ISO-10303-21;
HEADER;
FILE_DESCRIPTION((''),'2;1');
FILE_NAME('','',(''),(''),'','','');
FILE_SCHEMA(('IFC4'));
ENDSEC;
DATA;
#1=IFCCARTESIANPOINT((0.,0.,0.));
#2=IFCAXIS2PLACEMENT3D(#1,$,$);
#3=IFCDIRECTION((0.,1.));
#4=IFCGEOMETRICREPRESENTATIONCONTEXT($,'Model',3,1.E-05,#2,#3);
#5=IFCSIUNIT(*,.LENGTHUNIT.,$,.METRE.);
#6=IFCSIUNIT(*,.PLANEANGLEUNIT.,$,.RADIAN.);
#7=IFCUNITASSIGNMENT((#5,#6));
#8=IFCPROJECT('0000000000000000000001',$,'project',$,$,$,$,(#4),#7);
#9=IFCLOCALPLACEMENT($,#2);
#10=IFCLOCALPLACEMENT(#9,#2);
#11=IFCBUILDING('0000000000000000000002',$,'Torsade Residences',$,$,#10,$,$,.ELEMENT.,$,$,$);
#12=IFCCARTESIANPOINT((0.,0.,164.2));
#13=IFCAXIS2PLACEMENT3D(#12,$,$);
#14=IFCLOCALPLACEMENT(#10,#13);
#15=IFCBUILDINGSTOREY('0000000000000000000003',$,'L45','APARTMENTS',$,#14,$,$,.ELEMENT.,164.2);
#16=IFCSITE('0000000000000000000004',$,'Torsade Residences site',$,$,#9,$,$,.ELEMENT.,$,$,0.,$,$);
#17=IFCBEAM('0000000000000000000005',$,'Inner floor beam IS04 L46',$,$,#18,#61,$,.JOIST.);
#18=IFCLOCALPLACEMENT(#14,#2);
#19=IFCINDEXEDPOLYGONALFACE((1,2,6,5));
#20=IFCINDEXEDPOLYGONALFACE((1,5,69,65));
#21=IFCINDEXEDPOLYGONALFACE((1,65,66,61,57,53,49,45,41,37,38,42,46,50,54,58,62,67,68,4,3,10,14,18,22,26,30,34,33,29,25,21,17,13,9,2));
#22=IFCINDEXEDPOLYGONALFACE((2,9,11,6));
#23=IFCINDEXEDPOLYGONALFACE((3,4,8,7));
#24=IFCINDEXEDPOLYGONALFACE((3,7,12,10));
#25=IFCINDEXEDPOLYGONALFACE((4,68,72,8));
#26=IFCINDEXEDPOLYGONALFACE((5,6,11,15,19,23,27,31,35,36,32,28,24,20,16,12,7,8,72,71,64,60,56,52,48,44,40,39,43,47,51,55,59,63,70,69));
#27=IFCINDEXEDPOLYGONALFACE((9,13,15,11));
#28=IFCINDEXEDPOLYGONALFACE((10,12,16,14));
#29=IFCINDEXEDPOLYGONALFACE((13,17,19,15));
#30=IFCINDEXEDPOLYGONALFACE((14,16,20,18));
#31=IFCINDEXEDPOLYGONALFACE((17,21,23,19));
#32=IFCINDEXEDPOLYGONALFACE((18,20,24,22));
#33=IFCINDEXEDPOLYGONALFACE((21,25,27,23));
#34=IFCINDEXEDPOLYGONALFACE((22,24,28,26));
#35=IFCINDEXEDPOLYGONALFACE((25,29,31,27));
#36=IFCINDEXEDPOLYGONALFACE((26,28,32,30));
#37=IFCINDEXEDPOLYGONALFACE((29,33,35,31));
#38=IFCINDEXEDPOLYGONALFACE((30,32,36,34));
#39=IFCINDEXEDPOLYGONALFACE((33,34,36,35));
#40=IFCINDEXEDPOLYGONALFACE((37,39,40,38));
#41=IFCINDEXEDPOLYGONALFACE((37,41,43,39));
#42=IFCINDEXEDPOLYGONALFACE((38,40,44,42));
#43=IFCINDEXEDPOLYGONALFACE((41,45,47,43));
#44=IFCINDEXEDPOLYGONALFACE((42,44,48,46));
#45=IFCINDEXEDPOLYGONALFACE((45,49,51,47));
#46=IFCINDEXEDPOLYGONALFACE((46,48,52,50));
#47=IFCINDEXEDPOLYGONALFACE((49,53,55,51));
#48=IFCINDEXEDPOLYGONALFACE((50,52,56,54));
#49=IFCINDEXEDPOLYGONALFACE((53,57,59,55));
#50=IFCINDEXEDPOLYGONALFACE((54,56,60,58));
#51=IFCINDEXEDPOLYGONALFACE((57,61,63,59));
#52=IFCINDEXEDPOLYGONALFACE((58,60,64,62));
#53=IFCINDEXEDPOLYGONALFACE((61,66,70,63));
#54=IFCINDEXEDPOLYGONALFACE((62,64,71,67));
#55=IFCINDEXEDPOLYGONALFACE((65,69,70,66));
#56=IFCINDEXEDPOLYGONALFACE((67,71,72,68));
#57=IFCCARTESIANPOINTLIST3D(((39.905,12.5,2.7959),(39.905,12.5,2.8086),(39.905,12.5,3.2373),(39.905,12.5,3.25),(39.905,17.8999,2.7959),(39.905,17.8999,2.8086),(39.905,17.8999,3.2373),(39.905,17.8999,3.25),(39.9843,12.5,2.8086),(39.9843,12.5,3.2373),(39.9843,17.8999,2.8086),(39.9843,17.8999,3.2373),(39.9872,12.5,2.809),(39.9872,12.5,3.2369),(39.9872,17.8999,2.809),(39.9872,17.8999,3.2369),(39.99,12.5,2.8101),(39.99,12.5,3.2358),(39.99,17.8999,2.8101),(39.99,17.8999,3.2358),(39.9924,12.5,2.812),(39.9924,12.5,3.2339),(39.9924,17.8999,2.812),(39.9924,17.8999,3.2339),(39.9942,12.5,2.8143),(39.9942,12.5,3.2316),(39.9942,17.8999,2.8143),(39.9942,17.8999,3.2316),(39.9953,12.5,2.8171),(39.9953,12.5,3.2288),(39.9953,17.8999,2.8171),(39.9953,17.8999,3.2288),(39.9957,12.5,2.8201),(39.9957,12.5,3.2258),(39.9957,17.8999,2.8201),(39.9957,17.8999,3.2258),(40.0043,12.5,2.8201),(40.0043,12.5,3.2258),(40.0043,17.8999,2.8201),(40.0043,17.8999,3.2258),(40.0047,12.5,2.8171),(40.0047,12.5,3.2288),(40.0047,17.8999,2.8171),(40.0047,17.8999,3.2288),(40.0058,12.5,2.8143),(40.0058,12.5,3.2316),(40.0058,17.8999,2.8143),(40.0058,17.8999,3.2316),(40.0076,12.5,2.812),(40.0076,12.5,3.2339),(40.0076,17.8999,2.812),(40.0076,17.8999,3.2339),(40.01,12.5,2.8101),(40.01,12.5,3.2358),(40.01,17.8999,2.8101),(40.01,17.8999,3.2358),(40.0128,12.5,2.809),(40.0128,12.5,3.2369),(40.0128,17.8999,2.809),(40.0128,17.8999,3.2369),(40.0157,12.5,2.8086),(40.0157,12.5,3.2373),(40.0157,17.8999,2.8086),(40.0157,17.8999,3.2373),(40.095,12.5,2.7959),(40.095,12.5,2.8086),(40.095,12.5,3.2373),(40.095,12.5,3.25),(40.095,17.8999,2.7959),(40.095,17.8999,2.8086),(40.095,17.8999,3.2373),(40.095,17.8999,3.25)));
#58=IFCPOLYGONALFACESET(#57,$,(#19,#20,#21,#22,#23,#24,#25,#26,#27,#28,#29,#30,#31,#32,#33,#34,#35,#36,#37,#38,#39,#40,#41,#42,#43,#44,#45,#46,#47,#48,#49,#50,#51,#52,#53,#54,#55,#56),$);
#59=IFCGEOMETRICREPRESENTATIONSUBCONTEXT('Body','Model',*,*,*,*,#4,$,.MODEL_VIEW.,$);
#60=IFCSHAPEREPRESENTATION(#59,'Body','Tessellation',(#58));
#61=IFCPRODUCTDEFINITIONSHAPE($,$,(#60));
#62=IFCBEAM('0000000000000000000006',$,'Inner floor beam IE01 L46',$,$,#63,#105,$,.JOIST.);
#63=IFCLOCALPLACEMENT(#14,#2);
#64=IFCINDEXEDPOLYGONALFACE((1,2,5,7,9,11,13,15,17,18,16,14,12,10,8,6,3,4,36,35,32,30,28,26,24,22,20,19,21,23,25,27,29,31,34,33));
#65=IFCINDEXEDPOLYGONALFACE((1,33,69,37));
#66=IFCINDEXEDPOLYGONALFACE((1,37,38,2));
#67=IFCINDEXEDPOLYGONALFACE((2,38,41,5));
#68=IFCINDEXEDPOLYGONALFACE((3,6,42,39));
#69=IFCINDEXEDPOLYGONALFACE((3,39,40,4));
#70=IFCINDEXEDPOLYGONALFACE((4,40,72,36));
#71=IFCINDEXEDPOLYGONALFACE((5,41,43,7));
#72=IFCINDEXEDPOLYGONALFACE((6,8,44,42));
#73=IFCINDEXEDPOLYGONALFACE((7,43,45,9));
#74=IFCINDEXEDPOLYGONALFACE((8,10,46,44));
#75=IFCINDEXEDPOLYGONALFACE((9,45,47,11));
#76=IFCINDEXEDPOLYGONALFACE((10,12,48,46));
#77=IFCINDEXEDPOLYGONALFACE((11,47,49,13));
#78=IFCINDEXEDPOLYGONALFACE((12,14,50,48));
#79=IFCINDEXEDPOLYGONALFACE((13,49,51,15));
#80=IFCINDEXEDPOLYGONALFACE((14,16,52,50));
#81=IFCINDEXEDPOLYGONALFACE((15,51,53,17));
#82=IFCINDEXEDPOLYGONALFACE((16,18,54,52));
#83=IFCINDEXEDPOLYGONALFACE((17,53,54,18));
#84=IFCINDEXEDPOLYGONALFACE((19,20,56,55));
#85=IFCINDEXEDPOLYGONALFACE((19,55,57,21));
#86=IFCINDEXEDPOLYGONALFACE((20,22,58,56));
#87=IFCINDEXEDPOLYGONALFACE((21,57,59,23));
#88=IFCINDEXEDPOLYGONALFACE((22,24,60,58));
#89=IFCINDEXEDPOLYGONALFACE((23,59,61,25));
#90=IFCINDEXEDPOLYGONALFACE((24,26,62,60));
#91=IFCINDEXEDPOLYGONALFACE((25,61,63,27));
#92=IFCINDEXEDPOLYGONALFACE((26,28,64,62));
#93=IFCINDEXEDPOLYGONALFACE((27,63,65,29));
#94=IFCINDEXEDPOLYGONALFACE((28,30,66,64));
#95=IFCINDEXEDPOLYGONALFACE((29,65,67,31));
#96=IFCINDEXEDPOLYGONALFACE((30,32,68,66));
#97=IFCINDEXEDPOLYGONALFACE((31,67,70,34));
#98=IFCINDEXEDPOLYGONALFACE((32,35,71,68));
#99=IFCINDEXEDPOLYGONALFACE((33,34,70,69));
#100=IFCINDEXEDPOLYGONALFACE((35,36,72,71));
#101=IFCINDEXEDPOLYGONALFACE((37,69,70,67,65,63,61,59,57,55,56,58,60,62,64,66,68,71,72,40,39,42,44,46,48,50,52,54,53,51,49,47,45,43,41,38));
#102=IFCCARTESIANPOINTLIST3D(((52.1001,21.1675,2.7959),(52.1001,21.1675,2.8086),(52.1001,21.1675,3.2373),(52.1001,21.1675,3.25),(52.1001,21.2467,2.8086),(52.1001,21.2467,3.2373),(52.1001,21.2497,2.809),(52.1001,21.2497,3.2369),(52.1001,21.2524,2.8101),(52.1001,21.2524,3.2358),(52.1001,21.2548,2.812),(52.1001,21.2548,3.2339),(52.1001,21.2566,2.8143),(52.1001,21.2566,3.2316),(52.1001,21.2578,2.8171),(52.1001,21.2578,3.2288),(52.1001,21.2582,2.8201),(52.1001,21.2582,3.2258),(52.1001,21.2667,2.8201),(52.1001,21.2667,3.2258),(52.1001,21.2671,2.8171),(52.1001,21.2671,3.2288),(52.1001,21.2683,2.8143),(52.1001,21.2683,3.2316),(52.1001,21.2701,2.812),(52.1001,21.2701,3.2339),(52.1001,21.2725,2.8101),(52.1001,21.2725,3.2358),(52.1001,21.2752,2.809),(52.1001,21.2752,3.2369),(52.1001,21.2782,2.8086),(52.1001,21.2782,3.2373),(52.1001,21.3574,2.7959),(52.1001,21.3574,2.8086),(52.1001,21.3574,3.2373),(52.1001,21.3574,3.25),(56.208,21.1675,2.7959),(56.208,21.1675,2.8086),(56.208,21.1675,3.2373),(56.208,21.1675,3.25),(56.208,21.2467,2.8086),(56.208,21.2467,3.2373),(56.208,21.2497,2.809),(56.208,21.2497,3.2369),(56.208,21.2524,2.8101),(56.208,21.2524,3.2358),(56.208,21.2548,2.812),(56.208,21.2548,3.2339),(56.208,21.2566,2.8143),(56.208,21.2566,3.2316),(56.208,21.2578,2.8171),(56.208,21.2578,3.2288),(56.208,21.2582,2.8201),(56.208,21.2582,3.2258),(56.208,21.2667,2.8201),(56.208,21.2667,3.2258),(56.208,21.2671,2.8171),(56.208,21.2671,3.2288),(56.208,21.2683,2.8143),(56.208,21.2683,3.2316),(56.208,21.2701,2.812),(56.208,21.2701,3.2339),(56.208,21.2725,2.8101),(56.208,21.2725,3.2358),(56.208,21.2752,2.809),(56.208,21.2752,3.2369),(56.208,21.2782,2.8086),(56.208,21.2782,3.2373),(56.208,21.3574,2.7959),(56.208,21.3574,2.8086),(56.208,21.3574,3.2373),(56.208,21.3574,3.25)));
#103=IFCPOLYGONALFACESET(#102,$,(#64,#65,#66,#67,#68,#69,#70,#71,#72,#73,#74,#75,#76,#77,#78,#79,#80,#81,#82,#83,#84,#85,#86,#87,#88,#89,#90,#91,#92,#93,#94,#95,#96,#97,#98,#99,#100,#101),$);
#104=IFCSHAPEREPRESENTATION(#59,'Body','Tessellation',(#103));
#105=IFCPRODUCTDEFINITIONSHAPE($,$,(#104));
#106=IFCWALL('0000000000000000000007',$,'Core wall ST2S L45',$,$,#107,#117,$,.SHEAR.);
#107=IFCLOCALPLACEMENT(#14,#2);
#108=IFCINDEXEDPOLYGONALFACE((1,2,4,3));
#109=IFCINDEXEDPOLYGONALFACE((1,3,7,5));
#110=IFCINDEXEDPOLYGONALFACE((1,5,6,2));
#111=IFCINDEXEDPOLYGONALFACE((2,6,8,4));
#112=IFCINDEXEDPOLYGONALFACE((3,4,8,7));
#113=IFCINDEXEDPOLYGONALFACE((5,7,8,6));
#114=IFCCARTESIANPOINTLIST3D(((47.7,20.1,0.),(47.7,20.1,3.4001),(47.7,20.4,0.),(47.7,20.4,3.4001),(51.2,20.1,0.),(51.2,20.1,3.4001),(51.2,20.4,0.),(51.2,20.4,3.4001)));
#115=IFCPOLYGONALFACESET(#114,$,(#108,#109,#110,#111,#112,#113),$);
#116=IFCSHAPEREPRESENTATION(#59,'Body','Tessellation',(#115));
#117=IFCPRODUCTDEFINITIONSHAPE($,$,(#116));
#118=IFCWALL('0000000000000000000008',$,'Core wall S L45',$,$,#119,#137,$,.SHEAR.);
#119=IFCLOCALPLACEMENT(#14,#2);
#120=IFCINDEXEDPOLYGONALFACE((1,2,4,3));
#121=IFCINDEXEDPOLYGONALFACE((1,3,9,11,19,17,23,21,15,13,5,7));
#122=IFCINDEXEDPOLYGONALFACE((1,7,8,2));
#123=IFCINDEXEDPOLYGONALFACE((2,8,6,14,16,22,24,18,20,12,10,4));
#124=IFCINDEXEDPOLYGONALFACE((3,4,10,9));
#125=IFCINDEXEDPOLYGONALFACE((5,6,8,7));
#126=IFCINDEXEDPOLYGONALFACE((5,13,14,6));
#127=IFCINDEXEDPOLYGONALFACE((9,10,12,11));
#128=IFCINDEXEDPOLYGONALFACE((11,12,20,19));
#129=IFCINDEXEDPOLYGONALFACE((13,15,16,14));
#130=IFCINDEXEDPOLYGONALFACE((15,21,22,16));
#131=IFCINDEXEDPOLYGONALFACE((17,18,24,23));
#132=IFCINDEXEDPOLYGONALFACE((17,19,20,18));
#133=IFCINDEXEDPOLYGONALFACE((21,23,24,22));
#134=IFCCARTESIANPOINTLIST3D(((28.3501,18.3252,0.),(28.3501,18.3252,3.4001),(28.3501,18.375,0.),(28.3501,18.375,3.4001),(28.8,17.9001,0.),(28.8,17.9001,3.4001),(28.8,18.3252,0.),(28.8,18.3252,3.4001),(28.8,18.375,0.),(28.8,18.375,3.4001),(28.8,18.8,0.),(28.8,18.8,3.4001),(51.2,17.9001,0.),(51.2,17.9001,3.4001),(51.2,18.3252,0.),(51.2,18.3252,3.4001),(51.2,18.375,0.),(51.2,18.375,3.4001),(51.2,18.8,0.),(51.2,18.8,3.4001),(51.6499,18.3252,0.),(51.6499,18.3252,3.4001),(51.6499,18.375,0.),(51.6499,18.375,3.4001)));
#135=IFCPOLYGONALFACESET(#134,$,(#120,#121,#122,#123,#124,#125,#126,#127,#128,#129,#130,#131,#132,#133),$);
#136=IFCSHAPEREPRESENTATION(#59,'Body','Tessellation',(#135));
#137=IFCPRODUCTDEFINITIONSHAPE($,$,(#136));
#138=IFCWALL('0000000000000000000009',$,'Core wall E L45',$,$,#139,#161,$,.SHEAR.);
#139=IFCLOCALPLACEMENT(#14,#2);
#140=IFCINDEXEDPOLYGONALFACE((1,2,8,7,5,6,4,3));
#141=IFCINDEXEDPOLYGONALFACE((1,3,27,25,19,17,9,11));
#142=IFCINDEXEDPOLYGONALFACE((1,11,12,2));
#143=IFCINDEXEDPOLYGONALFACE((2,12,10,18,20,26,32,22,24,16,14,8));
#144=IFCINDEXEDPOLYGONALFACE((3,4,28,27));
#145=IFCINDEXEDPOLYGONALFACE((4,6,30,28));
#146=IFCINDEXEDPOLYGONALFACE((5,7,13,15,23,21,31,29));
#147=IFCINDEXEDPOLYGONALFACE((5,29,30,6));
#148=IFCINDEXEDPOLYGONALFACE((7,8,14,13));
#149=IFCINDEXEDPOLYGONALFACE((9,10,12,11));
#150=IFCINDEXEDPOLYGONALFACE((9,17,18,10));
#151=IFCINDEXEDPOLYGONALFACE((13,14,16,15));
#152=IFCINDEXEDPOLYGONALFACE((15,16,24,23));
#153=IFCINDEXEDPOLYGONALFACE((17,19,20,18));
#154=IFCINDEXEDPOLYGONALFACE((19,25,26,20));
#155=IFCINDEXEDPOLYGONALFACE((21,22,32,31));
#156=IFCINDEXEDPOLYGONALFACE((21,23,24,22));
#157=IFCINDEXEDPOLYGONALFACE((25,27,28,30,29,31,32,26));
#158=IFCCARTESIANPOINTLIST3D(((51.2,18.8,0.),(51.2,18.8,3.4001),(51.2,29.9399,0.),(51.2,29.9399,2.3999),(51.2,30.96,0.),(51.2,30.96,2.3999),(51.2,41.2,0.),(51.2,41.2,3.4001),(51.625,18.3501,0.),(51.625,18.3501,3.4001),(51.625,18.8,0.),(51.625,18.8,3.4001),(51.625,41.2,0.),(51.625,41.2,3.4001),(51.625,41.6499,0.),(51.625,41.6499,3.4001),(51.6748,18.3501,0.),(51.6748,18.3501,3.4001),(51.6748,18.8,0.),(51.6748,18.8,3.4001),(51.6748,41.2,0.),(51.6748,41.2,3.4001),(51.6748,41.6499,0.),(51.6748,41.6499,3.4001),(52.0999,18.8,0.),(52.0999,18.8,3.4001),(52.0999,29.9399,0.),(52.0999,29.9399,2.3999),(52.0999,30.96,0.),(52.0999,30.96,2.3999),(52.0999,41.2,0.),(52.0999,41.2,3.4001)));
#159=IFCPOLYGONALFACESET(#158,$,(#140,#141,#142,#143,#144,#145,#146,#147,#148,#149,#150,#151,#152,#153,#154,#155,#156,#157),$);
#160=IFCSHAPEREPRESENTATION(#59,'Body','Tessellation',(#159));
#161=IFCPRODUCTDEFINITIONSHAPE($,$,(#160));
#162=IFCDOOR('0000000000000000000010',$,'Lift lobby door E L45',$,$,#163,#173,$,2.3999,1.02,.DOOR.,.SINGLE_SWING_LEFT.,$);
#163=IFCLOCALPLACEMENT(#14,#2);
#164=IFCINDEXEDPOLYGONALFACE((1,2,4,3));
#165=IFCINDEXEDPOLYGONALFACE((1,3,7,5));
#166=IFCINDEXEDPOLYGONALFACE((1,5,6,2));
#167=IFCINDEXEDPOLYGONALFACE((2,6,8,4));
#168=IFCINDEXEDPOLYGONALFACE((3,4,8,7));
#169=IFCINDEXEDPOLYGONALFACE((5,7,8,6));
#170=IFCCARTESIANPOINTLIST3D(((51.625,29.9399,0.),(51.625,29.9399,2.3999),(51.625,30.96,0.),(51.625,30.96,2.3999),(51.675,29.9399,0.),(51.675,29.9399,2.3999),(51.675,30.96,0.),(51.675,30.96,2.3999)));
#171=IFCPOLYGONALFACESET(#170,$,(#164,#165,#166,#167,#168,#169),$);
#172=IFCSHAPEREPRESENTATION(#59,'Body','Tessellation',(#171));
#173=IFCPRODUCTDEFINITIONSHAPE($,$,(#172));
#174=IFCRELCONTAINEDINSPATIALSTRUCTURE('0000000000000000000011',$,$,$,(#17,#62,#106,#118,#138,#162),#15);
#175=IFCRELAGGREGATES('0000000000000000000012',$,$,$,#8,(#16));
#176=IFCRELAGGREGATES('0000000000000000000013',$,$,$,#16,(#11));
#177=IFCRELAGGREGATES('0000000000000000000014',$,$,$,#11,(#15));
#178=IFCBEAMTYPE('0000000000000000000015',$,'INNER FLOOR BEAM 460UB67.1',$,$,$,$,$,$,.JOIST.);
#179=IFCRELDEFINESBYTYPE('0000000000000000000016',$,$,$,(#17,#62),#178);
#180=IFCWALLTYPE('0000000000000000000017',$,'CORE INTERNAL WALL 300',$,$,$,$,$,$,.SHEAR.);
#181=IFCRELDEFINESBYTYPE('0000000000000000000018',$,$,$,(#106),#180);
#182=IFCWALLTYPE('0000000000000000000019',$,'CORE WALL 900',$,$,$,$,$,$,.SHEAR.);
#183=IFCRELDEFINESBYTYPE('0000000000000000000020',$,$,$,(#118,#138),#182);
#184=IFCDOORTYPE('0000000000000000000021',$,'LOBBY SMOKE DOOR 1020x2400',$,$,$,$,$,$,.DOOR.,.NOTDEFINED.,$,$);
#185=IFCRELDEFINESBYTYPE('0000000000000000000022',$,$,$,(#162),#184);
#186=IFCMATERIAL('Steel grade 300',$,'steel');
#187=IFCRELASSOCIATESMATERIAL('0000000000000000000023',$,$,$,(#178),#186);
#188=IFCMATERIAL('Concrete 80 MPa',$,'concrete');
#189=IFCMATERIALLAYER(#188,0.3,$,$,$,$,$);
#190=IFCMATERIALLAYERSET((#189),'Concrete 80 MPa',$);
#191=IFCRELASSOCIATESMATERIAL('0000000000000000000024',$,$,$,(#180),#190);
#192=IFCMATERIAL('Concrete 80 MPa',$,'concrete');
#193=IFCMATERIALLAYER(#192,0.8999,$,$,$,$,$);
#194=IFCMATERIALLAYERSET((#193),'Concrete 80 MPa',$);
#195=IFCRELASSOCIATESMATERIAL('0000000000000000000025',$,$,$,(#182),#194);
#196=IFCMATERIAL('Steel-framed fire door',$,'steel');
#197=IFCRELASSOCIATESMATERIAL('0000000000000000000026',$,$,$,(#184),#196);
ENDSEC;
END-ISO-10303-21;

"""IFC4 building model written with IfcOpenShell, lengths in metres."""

from ifc_helpers import new_model, si_unit, direction, frame, frame_2d, origin, origin_2d, place, context, subcontext, project, spatial, polyline, rectangle, i_section, outline, extrude, material, layer, layer_set, material_profile, profile_set, type_object, element, fill, save


model = new_model("IFC4")

# Units and contexts
model_context = context("Model", 3, precision=1e-05, world=origin(), true_north=direction((0.0, 1.0)))
body_context = subcontext(model_context, "Body", "Model", "MODEL_VIEW")
ifc_project = project(units=[si_unit("LENGTHUNIT", "METRE"), si_unit("PLANEANGLEUNIT", "RADIAN")], contexts=[model_context])

# Site, building, storey
site_placement = place(None, origin())
site = spatial("IfcSite", under=ifc_project, at=site_placement, Name="Torsade Residences site", CompositionType="ELEMENT", RefElevation=0.0)
building_placement = place(site_placement, origin())
building = spatial("IfcBuilding", under=site, at=building_placement, Name="Torsade Residences", CompositionType="ELEMENT")
storey_placement = place(building_placement, frame((0.0, 0.0, 164.2)))
storey = spatial("IfcBuildingStorey", under=building, at=storey_placement, Name="L45", Description="APARTMENTS", CompositionType="ELEMENT", Elevation=164.2)

# Beams
ifc_material_1 = material(Name="Steel grade 300", Category="steel")
ifc_material_profile_1 = material_profile(ifc_material_1, i_section(OverallWidth=0.1899, OverallDepth=0.4541, WebThickness=0.0085, FlangeThickness=0.0127, FilletRadius=0.0115, at=origin_2d()), Name="460UB67.1")
ifc_profile_set_1 = profile_set([ifc_material_profile_1], Name="Steel grade 300")
beam_type = type_object("IfcBeamType", Name="INNER FLOOR BEAM 460UB67.1", PredefinedType="JOIST", material=ifc_profile_set_1)
for number, where, z_axis, x_axis, name in (
    (1, (40.0, 17.8999, 3.0229), (0.0, -1.0, 0.0), (1.0, 0.0, 0.0), "Inner floor beam IS04 L46"),
):
    element("IfcBeam", number, at=place(storey_placement, frame(where, z_axis=z_axis, x_axis=x_axis)), inside=storey, type_object=beam_type, Name=name, PredefinedType="JOIST", context=body_context, shape_type="SweptSolid", body=[
        extrude(i_section(OverallWidth=0.1899, OverallDepth=0.4541, WebThickness=0.0085, FlangeThickness=0.0127, FilletRadius=0.0115, at=origin_2d()), origin(), (0.0, 0.0, 1.0), 5.3999),
    ])
beam_1_placement = place(storey_placement, frame((52.1001, 21.2625, 3.0229), z_axis=(1.0, 0.0, 0.0), x_axis=(0.0, 1.0, 0.0)))
element("IfcBeam", 2, at=beam_1_placement, inside=storey, type_object=beam_type, Name="Inner floor beam IE01 L46", PredefinedType="JOIST", context=body_context, shape_type="SweptSolid", body=[
    extrude(i_section(OverallWidth=0.1899, OverallDepth=0.4541, WebThickness=0.0085, FlangeThickness=0.0127, FilletRadius=0.0115, at=origin_2d()), origin(), (0.0, 0.0, 1.0), 4.1079),
])

# Walls
ifc_material_2 = material(Name="Concrete 80 MPa", Category="concrete")
ifc_layer_1 = layer(ifc_material_2, 0.3)
ifc_layer_set_1 = layer_set([ifc_layer_1], Name="Concrete 80 MPa")
wall_type_1 = type_object("IfcWallType", Name="CORE INTERNAL WALL 300", PredefinedType="SHEAR", material=ifc_layer_set_1)
wall_1_placement = place(storey_placement, frame((51.2, 20.25, 0.0), z_axis=(0.0, 0.0, 1.0), x_axis=(-1.0, 0.0, 0.0)))
element("IfcWall", 3, at=wall_1_placement, inside=storey, type_object=wall_type_1, Name="Core wall ST2S L45", PredefinedType="SHEAR", context=body_context, shape_type="SweptSolid", body=[
    extrude(rectangle(XDim=3.5, YDim=0.3, at=frame_2d((1.75, 0.0))), origin(), (0.0, 0.0, 1.0), 3.4001),
])
ifc_material_3 = material(Name="Concrete 80 MPa", Category="concrete")
ifc_layer_2 = layer(ifc_material_3, 0.8999)
ifc_layer_set_2 = layer_set([ifc_layer_2], Name="Concrete 80 MPa")
wall_type_2 = type_object("IfcWallType", Name="CORE WALL 900", PredefinedType="SHEAR", material=ifc_layer_set_2)
wall_2_placement = place(storey_placement, frame((51.2, 18.3501, 0.0), z_axis=(0.0, 0.0, 1.0), x_axis=(-1.0, 0.0, 0.0)))
element("IfcWall", 4, at=wall_2_placement, inside=storey, type_object=wall_type_2, Name="Core wall S L45", PredefinedType="SHEAR", context=body_context, shape_type="SweptSolid", body=[
    extrude(outline(polyline([(0.0, -0.45), (22.3999, -0.45), (22.3999, -0.0249), (22.8499, -0.0249), (22.8499, 0.0249), (22.3999, 0.0249), (22.3999, 0.45), (0.0, 0.45), (0.0, 0.0249), (-0.45, 0.0249), (-0.45, -0.0249), (0.0, -0.0249), (0.0, -0.45)])), origin(), (0.0, 0.0, 1.0), 3.4001),
])

# Wall, opening, door
wall_3_placement = place(storey_placement, frame((51.6499, 18.8, 0.0), z_axis=(0.0, 0.0, 1.0), x_axis=(0.0, 1.0, 0.0)))
wall_3 = element("IfcWall", 5, at=wall_3_placement, inside=storey, type_object=wall_type_2, Name="Core wall E L45", PredefinedType="SHEAR", context=body_context, shape_type="SweptSolid", body=[
    extrude(outline(polyline([(0.0, -0.45), (22.3999, -0.45), (22.3999, -0.0249), (22.8499, -0.0249), (22.8499, 0.0249), (22.3999, 0.0249), (22.3999, 0.45), (0.0, 0.45), (0.0, 0.0249), (-0.45, 0.0249), (-0.45, -0.0249), (0.0, -0.0249), (0.0, -0.45)])), origin(), (0.0, 0.0, 1.0), 3.4001),
])
opening_1_placement = place(wall_3_placement, frame((11.1399, 0.0, 0.0)))
opening_1 = element("IfcOpeningElement", 6, at=opening_1_placement, cuts=wall_3, PredefinedType="OPENING", context=body_context, shape_type="SweptSolid", body=[
    extrude(rectangle(XDim=1.02, YDim=2.3999, at=frame_2d((0.51, 1.2))), frame((0.0, 0.46, 0.0), z_axis=(0.0, -1.0, 0.0), x_axis=(1.0, 0.0, 0.0)), (0.0, 0.0, 1.0), 0.9199),
])
ifc_material_4 = material(Name="Steel-framed fire door", Category="steel")
door_type_1 = type_object("IfcDoorType", Name="LOBBY SMOKE DOOR 1020x2400", OperationType="NOTDEFINED", PredefinedType="DOOR", material=ifc_material_4)
door_1_placement = place(opening_1_placement, origin())
door_1 = element("IfcDoor", 7, at=door_1_placement, inside=storey, type_object=door_type_1, Name="Lift lobby door E L45", OperationType="SINGLE_SWING_LEFT", OverallHeight=2.3999, OverallWidth=1.02, PredefinedType="DOOR", context=body_context, shape_type="SweptSolid", body=[
    extrude(rectangle(XDim=1.02, YDim=2.3999, at=frame_2d((0.51, 1.2))), frame((0.0, 0.0249, 0.0), z_axis=(0.0, -1.0, 0.0), x_axis=(1.0, 0.0, 0.0)), (0.0, 0.0, 1.0), 0.05),
])
fill(opening_1, door_1)

save(model, "model.ifc")
